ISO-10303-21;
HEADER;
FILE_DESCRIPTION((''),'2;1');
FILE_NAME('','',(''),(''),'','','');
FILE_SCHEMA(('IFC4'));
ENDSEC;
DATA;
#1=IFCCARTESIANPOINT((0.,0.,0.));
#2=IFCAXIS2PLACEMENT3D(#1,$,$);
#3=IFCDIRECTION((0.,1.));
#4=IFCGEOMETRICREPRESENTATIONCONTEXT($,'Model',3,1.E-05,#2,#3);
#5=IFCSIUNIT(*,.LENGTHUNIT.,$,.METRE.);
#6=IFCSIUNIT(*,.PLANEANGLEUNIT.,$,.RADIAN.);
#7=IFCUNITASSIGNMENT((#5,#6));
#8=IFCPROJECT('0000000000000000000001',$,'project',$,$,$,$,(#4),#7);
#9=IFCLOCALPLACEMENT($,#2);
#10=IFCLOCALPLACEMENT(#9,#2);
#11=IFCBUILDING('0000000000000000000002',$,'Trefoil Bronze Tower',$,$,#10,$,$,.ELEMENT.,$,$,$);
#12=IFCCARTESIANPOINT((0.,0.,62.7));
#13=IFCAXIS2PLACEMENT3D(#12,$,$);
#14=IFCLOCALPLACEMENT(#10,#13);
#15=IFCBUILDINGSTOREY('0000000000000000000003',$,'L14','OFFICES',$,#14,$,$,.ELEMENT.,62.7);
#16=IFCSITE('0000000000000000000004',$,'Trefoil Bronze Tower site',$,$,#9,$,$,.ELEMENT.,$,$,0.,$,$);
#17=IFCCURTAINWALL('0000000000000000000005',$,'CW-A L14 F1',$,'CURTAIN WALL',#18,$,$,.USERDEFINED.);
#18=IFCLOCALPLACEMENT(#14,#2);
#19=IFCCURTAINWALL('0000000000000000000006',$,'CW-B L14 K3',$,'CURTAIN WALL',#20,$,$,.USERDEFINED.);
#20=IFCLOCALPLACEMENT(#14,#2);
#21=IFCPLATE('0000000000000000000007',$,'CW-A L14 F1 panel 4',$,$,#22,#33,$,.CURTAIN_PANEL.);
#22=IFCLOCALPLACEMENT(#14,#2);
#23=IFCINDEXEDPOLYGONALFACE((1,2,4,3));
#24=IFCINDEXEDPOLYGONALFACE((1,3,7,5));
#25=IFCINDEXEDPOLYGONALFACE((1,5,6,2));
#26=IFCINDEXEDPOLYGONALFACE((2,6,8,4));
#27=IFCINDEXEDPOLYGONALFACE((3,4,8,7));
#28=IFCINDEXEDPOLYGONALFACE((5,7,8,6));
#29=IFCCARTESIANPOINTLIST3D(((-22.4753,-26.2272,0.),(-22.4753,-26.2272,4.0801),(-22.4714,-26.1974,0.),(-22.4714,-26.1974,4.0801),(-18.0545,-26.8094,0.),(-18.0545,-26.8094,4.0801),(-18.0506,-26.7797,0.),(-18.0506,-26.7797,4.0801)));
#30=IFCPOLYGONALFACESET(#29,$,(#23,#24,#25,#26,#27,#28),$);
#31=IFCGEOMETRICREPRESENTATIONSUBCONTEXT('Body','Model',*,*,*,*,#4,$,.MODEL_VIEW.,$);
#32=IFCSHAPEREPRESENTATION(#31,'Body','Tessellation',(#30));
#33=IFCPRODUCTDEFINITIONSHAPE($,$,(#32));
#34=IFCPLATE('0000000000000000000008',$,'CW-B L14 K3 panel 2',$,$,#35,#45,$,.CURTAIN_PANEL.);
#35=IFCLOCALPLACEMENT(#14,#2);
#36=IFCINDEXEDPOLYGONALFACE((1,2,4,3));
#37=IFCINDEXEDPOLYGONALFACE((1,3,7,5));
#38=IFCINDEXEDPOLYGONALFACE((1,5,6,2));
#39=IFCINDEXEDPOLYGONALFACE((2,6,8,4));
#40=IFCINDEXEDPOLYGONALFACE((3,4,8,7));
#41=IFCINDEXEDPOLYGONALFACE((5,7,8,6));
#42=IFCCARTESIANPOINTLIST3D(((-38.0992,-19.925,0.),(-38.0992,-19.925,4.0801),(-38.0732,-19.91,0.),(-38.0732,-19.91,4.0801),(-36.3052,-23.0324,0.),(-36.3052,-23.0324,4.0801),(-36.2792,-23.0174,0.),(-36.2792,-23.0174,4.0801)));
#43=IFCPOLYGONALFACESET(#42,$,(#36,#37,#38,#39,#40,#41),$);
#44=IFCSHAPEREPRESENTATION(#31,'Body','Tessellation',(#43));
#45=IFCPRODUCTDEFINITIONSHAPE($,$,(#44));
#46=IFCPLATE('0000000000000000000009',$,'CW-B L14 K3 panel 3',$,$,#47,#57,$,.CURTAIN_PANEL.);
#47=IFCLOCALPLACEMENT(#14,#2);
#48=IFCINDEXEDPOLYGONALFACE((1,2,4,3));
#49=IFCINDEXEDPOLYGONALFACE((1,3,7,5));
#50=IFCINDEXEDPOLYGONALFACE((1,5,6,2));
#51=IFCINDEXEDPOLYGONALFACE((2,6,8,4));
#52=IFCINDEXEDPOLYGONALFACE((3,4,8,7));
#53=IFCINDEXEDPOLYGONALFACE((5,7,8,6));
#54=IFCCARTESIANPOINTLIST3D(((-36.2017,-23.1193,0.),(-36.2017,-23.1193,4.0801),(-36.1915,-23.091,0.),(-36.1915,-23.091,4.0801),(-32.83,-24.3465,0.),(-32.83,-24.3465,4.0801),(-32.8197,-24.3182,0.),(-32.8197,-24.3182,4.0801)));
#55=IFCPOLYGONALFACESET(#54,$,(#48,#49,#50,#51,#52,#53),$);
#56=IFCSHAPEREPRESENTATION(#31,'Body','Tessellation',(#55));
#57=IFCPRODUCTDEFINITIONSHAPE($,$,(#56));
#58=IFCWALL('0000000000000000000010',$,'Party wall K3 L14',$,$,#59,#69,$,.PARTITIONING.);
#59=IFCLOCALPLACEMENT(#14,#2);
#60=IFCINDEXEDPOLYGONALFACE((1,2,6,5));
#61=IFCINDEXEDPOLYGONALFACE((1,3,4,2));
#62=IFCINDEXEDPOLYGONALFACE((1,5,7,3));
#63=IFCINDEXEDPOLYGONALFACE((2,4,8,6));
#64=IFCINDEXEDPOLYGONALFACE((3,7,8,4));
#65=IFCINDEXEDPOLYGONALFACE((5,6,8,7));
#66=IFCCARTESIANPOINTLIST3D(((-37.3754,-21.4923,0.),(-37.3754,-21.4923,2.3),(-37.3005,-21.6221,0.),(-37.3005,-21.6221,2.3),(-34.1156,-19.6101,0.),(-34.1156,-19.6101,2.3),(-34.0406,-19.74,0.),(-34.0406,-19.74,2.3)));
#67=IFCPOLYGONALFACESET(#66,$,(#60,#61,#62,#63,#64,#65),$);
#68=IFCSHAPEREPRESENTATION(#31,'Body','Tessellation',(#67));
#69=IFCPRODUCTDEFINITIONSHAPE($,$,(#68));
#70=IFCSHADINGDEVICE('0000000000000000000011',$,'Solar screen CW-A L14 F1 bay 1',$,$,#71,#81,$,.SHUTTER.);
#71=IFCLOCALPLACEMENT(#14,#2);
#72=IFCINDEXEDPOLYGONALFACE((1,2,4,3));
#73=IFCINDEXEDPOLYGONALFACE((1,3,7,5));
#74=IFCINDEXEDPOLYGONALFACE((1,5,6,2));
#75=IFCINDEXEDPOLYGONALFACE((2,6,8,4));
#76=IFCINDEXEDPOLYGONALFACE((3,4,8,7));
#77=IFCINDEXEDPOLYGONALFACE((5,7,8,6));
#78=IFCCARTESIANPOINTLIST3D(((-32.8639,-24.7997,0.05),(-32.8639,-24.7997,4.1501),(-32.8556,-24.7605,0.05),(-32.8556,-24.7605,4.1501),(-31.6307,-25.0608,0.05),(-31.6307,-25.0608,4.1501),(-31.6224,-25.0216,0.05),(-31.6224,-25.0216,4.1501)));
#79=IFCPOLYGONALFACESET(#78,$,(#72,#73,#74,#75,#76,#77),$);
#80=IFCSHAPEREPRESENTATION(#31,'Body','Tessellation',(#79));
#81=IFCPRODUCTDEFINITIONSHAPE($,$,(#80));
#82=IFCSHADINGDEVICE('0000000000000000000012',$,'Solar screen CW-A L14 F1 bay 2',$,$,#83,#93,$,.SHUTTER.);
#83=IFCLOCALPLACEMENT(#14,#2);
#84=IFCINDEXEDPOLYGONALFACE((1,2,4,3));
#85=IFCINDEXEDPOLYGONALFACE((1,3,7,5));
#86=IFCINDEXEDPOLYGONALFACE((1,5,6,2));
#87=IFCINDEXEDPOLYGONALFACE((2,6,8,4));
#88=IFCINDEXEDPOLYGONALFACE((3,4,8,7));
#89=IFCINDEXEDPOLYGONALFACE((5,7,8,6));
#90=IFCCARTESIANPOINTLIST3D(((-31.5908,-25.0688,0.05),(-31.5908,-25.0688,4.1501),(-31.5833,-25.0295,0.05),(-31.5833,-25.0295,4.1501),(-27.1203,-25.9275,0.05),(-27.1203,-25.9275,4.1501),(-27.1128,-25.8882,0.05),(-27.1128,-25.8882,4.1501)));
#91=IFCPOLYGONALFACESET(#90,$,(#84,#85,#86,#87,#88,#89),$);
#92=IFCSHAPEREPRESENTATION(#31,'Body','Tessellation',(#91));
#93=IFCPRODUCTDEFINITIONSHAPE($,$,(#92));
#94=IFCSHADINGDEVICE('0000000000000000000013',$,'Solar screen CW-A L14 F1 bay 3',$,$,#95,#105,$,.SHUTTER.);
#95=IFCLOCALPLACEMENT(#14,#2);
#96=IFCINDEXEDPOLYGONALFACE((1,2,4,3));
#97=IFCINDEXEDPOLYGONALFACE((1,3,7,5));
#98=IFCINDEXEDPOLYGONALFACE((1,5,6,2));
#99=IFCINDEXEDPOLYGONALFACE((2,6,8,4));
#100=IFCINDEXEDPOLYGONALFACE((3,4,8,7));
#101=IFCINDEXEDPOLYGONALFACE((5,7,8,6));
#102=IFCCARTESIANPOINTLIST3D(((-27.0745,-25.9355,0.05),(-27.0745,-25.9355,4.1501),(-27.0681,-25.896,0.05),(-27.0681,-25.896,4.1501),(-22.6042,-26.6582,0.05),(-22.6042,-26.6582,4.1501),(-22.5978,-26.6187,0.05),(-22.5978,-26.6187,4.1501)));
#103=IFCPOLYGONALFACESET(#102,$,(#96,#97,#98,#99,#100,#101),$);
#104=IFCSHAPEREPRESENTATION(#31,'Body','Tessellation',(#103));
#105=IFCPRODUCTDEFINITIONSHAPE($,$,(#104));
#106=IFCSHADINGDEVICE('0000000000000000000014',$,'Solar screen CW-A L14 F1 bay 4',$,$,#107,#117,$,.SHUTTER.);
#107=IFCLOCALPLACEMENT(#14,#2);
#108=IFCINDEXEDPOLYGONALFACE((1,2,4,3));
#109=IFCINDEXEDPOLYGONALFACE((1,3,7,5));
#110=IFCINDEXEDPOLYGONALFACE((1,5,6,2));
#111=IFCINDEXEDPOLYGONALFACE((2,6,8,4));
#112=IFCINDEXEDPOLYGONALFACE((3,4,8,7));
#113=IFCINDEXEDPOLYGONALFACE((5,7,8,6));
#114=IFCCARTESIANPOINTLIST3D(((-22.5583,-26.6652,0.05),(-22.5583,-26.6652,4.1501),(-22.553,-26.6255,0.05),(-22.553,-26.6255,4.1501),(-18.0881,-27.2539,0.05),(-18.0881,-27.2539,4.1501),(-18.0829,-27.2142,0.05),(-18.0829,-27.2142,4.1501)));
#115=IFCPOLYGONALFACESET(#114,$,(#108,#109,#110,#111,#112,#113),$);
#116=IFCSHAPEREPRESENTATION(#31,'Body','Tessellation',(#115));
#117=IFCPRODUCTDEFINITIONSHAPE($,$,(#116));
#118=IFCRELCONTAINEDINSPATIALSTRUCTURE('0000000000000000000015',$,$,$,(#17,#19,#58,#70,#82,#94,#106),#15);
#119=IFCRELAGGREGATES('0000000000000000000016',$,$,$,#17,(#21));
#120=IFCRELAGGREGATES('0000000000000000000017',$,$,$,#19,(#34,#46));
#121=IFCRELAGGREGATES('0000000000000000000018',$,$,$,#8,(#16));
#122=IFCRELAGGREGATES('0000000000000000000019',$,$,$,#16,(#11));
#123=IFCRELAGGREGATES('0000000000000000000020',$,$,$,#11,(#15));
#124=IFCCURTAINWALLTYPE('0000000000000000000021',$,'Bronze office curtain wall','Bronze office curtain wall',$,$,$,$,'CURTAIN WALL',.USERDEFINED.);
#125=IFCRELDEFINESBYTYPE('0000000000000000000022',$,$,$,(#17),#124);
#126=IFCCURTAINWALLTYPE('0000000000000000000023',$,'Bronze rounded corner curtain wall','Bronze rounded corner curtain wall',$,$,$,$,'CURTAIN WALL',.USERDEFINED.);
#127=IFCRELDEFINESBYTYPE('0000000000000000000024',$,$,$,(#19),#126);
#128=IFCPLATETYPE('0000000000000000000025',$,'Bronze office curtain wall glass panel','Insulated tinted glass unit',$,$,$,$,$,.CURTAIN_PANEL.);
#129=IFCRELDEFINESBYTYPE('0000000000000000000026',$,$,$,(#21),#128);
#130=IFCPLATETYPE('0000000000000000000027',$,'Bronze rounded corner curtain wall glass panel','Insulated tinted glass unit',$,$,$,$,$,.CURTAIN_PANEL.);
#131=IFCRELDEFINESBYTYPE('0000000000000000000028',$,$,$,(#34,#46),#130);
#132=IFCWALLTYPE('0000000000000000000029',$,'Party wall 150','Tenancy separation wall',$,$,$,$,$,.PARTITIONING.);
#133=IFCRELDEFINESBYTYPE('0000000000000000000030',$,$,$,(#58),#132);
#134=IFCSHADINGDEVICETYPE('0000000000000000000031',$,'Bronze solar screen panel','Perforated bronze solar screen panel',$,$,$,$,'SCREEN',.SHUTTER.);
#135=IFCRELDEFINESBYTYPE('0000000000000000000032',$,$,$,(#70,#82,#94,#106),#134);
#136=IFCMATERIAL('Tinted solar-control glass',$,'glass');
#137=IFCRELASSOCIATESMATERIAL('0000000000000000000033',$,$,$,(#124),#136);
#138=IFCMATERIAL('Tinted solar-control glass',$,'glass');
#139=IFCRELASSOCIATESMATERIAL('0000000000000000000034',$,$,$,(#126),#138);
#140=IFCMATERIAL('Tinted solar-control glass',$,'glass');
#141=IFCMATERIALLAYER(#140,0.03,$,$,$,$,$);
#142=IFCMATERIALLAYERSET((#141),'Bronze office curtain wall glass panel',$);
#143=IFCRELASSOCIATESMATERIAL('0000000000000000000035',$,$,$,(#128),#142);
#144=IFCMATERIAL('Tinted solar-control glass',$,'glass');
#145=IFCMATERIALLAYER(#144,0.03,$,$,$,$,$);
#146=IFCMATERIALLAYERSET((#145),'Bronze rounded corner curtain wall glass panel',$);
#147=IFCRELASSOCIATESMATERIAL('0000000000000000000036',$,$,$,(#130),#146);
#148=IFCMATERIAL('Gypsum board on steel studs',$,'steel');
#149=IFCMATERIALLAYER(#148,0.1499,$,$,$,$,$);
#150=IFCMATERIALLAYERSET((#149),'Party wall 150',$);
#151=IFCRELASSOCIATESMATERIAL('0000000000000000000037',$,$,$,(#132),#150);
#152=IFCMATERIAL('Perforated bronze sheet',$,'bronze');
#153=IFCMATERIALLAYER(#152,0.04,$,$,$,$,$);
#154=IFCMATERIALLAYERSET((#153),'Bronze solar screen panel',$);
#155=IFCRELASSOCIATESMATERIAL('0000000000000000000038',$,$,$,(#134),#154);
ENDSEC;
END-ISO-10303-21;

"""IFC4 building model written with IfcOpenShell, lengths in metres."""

from ifc_helpers import new_model, si_unit, direction, frame, frame_2d, origin, origin_2d, place, context, subcontext, project, spatial, rectangle, extrude, material, layer, layer_set, type_object, element, aggregate, save


model = new_model("IFC4")

# Units and contexts
model_context = context("Model", 3, precision=1e-05, world=origin(), true_north=direction((0.0, 1.0)))
body_context = subcontext(model_context, "Body", "Model", "MODEL_VIEW")
ifc_project = project(units=[si_unit("LENGTHUNIT", "METRE"), si_unit("PLANEANGLEUNIT", "RADIAN")], contexts=[model_context])

# Site, building, storey
site_placement = place(None, origin())
site = spatial("IfcSite", under=ifc_project, at=site_placement, Name="Trefoil Bronze Tower site", CompositionType="ELEMENT", RefElevation=0.0)
building_placement = place(site_placement, origin())
building = spatial("IfcBuilding", under=site, at=building_placement, Name="Trefoil Bronze Tower", CompositionType="ELEMENT")
storey_placement = place(building_placement, frame((0.0, 0.0, 62.7)))
storey = spatial("IfcBuildingStorey", under=building, at=storey_placement, Name="L14", Description="OFFICES", CompositionType="ELEMENT", Elevation=62.7)

# Curtain walls
ifc_material_1 = material(Name="Tinted solar-control glass", Category="glass")
curtain_wall_type_1 = type_object("IfcCurtainWallType", Name="Bronze office curtain wall", Description="Bronze office curtain wall", ElementType="CURTAIN WALL", PredefinedType="USERDEFINED", material=ifc_material_1)
curtain_wall_1_placement = place(storey_placement, origin())
curtain_wall_1 = element("IfcCurtainWall", 1, at=curtain_wall_1_placement, inside=storey, type_object=curtain_wall_type_1, Name="CW-A L14 F1", ObjectType="CURTAIN WALL", PredefinedType="USERDEFINED")
ifc_material_2 = material(Name="Tinted solar-control glass", Category="glass")
curtain_wall_type_2 = type_object("IfcCurtainWallType", Name="Bronze rounded corner curtain wall", Description="Bronze rounded corner curtain wall", ElementType="CURTAIN WALL", PredefinedType="USERDEFINED", material=ifc_material_2)
curtain_wall_2_placement = place(storey_placement, origin())
curtain_wall_2 = element("IfcCurtainWall", 2, at=curtain_wall_2_placement, inside=storey, type_object=curtain_wall_type_2, Name="CW-B L14 K3", ObjectType="CURTAIN WALL", PredefinedType="USERDEFINED")

# Plates
ifc_material_3 = material(Name="Tinted solar-control glass", Category="glass")
ifc_layer_1 = layer(ifc_material_3, 0.03)
ifc_layer_set_1 = layer_set([ifc_layer_1], Name="Bronze office curtain wall glass panel")
plate_type_1 = type_object("IfcPlateType", Name="Bronze office curtain wall glass panel", Description="Insulated tinted glass unit", PredefinedType="CURTAIN_PANEL", material=ifc_layer_set_1)
plate_1_placement = place(storey_placement, frame((-20.2629, -26.5034, 0.0), z_axis=(0.0, 0.0, 1.0), x_axis=(0.991437, -0.130584, 0.0)))
plate_1 = element("IfcPlate", 3, at=plate_1_placement, type_object=plate_type_1, Name="CW-A L14 F1 panel 4", PredefinedType="CURTAIN_PANEL", context=body_context, shape_type="SweptSolid", body=[
    extrude(rectangle(XDim=4.459, YDim=0.03, at=origin_2d()), origin(), (0.0, 0.0, 1.0), 4.0801),
])
aggregate(curtain_wall_1, [plate_1])
ifc_material_4 = material(Name="Tinted solar-control glass", Category="glass")
ifc_layer_2 = layer(ifc_material_4, 0.03)
ifc_layer_set_2 = layer_set([ifc_layer_2], Name="Bronze rounded corner curtain wall glass panel")
plate_type_2 = type_object("IfcPlateType", Name="Bronze rounded corner curtain wall glass panel", Description="Insulated tinted glass unit", PredefinedType="CURTAIN_PANEL", material=ifc_layer_set_2)
plate_2_placement = place(storey_placement, frame((-37.1892, -21.4712, 0.0), z_axis=(0.0, 0.0, 1.0), x_axis=(0.5, -0.866025, 0.0)))
plate_2 = element("IfcPlate", 4, at=plate_2_placement, type_object=plate_type_2, Name="CW-B L14 K3 panel 2", PredefinedType="CURTAIN_PANEL", context=body_context, shape_type="SweptSolid", body=[
    extrude(rectangle(XDim=3.5881, YDim=0.03, at=origin_2d()), origin(), (0.0, 0.0, 1.0), 4.0801),
])
plate_3_placement = place(storey_placement, frame((-34.5107, -23.7188, 0.0), z_axis=(0.0, 0.0, 1.0), x_axis=(0.939693, -0.34202, 0.0)))
plate_3 = element("IfcPlate", 5, at=plate_3_placement, type_object=plate_type_2, Name="CW-B L14 K3 panel 3", PredefinedType="CURTAIN_PANEL", context=body_context, shape_type="SweptSolid", body=[
    extrude(rectangle(XDim=3.5881, YDim=0.03, at=origin_2d()), origin(), (0.0, 0.0, 1.0), 4.0801),
])
aggregate(curtain_wall_2, [plate_2, plate_3])

# Wall
ifc_material_5 = material(Name="Gypsum board on steel studs", Category="steel")
ifc_layer_3 = layer(ifc_material_5, 0.1499)
ifc_layer_set_3 = layer_set([ifc_layer_3], Name="Party wall 150")
wall_type = type_object("IfcWallType", Name="Party wall 150", Description="Tenancy separation wall", PredefinedType="PARTITIONING", material=ifc_layer_set_3)
wall_placement = place(storey_placement, frame((-34.0781, -19.675, 0.0), z_axis=(0.0, 0.0, 1.0), x_axis=(-0.866019, -0.500011, 0.0)))
element("IfcWall", 6, at=wall_placement, inside=storey, type_object=wall_type, Name="Party wall K3 L14", PredefinedType="PARTITIONING", context=body_context, shape_type="SweptSolid", body=[
    extrude(rectangle(XDim=3.7642, YDim=0.1499, at=frame_2d((1.8821, 0.0))), origin(), (0.0, 0.0, 1.0), 2.3),
])

# Shading devices
ifc_material_6 = material(Name="Perforated bronze sheet", Category="bronze")
ifc_layer_4 = layer(ifc_material_6, 0.04)
ifc_layer_set_4 = layer_set([ifc_layer_4], Name="Bronze solar screen panel")
shading_device_type = type_object("IfcShadingDeviceType", Name="Bronze solar screen panel", Description="Perforated bronze solar screen panel", ElementType="SCREEN", PredefinedType="SHUTTER", material=ifc_layer_set_4)
shading_device_1_placement = place(storey_placement, frame((-32.2432, -24.9106, 0.05), z_axis=(0.0, 0.0, 1.0), x_axis=(0.978303, -0.207181, 0.0)))
element("IfcShadingDevice", 7, at=shading_device_1_placement, inside=storey, type_object=shading_device_type, Name="Solar screen CW-A L14 F1 bay 1", PredefinedType="SHUTTER", context=body_context, shape_type="SweptSolid", body=[
    extrude(rectangle(XDim=1.2605, YDim=0.04, at=origin_2d()), origin(), (0.0, 0.0, 1.0), 4.1001),
])
shading_device_2_placement = place(storey_placement, frame((-29.3518, -25.4785, 0.05), z_axis=(0.0, 0.0, 1.0), x_axis=(0.98205, -0.188622, 0.0)))
element("IfcShadingDevice", 8, at=shading_device_2_placement, inside=storey, type_object=shading_device_type, Name="Solar screen CW-A L14 F1 bay 2", PredefinedType="SHUTTER", context=body_context, shape_type="SweptSolid", body=[
    extrude(rectangle(XDim=4.5522, YDim=0.04, at=origin_2d()), origin(), (0.0, 0.0, 1.0), 4.1001),
])
shading_device_3_placement = place(storey_placement, frame((-24.8362, -26.2771, 0.05), z_axis=(0.0, 0.0, 1.0), x_axis=(0.987181, -0.159603, 0.0)))
element("IfcShadingDevice", 9, at=shading_device_3_placement, inside=storey, type_object=shading_device_type, Name="Solar screen CW-A L14 F1 bay 3", PredefinedType="SHUTTER", context=body_context, shape_type="SweptSolid", body=[
    extrude(rectangle(XDim=4.5283, YDim=0.04, at=origin_2d()), origin(), (0.0, 0.0, 1.0), 4.1001),
])
shading_device_4_placement = place(storey_placement, frame((-20.3206, -26.9397, 0.05), z_axis=(0.0, 0.0, 1.0), x_axis=(0.991437, -0.130584, 0.0)))
element("IfcShadingDevice", 10, at=shading_device_4_placement, inside=storey, type_object=shading_device_type, Name="Solar screen CW-A L14 F1 bay 4", PredefinedType="SHUTTER", context=body_context, shape_type="SweptSolid", body=[
    extrude(rectangle(XDim=4.5088, YDim=0.04, at=origin_2d()), origin(), (0.0, 0.0, 1.0), 4.1001),
])

save(model, "model.ifc")
